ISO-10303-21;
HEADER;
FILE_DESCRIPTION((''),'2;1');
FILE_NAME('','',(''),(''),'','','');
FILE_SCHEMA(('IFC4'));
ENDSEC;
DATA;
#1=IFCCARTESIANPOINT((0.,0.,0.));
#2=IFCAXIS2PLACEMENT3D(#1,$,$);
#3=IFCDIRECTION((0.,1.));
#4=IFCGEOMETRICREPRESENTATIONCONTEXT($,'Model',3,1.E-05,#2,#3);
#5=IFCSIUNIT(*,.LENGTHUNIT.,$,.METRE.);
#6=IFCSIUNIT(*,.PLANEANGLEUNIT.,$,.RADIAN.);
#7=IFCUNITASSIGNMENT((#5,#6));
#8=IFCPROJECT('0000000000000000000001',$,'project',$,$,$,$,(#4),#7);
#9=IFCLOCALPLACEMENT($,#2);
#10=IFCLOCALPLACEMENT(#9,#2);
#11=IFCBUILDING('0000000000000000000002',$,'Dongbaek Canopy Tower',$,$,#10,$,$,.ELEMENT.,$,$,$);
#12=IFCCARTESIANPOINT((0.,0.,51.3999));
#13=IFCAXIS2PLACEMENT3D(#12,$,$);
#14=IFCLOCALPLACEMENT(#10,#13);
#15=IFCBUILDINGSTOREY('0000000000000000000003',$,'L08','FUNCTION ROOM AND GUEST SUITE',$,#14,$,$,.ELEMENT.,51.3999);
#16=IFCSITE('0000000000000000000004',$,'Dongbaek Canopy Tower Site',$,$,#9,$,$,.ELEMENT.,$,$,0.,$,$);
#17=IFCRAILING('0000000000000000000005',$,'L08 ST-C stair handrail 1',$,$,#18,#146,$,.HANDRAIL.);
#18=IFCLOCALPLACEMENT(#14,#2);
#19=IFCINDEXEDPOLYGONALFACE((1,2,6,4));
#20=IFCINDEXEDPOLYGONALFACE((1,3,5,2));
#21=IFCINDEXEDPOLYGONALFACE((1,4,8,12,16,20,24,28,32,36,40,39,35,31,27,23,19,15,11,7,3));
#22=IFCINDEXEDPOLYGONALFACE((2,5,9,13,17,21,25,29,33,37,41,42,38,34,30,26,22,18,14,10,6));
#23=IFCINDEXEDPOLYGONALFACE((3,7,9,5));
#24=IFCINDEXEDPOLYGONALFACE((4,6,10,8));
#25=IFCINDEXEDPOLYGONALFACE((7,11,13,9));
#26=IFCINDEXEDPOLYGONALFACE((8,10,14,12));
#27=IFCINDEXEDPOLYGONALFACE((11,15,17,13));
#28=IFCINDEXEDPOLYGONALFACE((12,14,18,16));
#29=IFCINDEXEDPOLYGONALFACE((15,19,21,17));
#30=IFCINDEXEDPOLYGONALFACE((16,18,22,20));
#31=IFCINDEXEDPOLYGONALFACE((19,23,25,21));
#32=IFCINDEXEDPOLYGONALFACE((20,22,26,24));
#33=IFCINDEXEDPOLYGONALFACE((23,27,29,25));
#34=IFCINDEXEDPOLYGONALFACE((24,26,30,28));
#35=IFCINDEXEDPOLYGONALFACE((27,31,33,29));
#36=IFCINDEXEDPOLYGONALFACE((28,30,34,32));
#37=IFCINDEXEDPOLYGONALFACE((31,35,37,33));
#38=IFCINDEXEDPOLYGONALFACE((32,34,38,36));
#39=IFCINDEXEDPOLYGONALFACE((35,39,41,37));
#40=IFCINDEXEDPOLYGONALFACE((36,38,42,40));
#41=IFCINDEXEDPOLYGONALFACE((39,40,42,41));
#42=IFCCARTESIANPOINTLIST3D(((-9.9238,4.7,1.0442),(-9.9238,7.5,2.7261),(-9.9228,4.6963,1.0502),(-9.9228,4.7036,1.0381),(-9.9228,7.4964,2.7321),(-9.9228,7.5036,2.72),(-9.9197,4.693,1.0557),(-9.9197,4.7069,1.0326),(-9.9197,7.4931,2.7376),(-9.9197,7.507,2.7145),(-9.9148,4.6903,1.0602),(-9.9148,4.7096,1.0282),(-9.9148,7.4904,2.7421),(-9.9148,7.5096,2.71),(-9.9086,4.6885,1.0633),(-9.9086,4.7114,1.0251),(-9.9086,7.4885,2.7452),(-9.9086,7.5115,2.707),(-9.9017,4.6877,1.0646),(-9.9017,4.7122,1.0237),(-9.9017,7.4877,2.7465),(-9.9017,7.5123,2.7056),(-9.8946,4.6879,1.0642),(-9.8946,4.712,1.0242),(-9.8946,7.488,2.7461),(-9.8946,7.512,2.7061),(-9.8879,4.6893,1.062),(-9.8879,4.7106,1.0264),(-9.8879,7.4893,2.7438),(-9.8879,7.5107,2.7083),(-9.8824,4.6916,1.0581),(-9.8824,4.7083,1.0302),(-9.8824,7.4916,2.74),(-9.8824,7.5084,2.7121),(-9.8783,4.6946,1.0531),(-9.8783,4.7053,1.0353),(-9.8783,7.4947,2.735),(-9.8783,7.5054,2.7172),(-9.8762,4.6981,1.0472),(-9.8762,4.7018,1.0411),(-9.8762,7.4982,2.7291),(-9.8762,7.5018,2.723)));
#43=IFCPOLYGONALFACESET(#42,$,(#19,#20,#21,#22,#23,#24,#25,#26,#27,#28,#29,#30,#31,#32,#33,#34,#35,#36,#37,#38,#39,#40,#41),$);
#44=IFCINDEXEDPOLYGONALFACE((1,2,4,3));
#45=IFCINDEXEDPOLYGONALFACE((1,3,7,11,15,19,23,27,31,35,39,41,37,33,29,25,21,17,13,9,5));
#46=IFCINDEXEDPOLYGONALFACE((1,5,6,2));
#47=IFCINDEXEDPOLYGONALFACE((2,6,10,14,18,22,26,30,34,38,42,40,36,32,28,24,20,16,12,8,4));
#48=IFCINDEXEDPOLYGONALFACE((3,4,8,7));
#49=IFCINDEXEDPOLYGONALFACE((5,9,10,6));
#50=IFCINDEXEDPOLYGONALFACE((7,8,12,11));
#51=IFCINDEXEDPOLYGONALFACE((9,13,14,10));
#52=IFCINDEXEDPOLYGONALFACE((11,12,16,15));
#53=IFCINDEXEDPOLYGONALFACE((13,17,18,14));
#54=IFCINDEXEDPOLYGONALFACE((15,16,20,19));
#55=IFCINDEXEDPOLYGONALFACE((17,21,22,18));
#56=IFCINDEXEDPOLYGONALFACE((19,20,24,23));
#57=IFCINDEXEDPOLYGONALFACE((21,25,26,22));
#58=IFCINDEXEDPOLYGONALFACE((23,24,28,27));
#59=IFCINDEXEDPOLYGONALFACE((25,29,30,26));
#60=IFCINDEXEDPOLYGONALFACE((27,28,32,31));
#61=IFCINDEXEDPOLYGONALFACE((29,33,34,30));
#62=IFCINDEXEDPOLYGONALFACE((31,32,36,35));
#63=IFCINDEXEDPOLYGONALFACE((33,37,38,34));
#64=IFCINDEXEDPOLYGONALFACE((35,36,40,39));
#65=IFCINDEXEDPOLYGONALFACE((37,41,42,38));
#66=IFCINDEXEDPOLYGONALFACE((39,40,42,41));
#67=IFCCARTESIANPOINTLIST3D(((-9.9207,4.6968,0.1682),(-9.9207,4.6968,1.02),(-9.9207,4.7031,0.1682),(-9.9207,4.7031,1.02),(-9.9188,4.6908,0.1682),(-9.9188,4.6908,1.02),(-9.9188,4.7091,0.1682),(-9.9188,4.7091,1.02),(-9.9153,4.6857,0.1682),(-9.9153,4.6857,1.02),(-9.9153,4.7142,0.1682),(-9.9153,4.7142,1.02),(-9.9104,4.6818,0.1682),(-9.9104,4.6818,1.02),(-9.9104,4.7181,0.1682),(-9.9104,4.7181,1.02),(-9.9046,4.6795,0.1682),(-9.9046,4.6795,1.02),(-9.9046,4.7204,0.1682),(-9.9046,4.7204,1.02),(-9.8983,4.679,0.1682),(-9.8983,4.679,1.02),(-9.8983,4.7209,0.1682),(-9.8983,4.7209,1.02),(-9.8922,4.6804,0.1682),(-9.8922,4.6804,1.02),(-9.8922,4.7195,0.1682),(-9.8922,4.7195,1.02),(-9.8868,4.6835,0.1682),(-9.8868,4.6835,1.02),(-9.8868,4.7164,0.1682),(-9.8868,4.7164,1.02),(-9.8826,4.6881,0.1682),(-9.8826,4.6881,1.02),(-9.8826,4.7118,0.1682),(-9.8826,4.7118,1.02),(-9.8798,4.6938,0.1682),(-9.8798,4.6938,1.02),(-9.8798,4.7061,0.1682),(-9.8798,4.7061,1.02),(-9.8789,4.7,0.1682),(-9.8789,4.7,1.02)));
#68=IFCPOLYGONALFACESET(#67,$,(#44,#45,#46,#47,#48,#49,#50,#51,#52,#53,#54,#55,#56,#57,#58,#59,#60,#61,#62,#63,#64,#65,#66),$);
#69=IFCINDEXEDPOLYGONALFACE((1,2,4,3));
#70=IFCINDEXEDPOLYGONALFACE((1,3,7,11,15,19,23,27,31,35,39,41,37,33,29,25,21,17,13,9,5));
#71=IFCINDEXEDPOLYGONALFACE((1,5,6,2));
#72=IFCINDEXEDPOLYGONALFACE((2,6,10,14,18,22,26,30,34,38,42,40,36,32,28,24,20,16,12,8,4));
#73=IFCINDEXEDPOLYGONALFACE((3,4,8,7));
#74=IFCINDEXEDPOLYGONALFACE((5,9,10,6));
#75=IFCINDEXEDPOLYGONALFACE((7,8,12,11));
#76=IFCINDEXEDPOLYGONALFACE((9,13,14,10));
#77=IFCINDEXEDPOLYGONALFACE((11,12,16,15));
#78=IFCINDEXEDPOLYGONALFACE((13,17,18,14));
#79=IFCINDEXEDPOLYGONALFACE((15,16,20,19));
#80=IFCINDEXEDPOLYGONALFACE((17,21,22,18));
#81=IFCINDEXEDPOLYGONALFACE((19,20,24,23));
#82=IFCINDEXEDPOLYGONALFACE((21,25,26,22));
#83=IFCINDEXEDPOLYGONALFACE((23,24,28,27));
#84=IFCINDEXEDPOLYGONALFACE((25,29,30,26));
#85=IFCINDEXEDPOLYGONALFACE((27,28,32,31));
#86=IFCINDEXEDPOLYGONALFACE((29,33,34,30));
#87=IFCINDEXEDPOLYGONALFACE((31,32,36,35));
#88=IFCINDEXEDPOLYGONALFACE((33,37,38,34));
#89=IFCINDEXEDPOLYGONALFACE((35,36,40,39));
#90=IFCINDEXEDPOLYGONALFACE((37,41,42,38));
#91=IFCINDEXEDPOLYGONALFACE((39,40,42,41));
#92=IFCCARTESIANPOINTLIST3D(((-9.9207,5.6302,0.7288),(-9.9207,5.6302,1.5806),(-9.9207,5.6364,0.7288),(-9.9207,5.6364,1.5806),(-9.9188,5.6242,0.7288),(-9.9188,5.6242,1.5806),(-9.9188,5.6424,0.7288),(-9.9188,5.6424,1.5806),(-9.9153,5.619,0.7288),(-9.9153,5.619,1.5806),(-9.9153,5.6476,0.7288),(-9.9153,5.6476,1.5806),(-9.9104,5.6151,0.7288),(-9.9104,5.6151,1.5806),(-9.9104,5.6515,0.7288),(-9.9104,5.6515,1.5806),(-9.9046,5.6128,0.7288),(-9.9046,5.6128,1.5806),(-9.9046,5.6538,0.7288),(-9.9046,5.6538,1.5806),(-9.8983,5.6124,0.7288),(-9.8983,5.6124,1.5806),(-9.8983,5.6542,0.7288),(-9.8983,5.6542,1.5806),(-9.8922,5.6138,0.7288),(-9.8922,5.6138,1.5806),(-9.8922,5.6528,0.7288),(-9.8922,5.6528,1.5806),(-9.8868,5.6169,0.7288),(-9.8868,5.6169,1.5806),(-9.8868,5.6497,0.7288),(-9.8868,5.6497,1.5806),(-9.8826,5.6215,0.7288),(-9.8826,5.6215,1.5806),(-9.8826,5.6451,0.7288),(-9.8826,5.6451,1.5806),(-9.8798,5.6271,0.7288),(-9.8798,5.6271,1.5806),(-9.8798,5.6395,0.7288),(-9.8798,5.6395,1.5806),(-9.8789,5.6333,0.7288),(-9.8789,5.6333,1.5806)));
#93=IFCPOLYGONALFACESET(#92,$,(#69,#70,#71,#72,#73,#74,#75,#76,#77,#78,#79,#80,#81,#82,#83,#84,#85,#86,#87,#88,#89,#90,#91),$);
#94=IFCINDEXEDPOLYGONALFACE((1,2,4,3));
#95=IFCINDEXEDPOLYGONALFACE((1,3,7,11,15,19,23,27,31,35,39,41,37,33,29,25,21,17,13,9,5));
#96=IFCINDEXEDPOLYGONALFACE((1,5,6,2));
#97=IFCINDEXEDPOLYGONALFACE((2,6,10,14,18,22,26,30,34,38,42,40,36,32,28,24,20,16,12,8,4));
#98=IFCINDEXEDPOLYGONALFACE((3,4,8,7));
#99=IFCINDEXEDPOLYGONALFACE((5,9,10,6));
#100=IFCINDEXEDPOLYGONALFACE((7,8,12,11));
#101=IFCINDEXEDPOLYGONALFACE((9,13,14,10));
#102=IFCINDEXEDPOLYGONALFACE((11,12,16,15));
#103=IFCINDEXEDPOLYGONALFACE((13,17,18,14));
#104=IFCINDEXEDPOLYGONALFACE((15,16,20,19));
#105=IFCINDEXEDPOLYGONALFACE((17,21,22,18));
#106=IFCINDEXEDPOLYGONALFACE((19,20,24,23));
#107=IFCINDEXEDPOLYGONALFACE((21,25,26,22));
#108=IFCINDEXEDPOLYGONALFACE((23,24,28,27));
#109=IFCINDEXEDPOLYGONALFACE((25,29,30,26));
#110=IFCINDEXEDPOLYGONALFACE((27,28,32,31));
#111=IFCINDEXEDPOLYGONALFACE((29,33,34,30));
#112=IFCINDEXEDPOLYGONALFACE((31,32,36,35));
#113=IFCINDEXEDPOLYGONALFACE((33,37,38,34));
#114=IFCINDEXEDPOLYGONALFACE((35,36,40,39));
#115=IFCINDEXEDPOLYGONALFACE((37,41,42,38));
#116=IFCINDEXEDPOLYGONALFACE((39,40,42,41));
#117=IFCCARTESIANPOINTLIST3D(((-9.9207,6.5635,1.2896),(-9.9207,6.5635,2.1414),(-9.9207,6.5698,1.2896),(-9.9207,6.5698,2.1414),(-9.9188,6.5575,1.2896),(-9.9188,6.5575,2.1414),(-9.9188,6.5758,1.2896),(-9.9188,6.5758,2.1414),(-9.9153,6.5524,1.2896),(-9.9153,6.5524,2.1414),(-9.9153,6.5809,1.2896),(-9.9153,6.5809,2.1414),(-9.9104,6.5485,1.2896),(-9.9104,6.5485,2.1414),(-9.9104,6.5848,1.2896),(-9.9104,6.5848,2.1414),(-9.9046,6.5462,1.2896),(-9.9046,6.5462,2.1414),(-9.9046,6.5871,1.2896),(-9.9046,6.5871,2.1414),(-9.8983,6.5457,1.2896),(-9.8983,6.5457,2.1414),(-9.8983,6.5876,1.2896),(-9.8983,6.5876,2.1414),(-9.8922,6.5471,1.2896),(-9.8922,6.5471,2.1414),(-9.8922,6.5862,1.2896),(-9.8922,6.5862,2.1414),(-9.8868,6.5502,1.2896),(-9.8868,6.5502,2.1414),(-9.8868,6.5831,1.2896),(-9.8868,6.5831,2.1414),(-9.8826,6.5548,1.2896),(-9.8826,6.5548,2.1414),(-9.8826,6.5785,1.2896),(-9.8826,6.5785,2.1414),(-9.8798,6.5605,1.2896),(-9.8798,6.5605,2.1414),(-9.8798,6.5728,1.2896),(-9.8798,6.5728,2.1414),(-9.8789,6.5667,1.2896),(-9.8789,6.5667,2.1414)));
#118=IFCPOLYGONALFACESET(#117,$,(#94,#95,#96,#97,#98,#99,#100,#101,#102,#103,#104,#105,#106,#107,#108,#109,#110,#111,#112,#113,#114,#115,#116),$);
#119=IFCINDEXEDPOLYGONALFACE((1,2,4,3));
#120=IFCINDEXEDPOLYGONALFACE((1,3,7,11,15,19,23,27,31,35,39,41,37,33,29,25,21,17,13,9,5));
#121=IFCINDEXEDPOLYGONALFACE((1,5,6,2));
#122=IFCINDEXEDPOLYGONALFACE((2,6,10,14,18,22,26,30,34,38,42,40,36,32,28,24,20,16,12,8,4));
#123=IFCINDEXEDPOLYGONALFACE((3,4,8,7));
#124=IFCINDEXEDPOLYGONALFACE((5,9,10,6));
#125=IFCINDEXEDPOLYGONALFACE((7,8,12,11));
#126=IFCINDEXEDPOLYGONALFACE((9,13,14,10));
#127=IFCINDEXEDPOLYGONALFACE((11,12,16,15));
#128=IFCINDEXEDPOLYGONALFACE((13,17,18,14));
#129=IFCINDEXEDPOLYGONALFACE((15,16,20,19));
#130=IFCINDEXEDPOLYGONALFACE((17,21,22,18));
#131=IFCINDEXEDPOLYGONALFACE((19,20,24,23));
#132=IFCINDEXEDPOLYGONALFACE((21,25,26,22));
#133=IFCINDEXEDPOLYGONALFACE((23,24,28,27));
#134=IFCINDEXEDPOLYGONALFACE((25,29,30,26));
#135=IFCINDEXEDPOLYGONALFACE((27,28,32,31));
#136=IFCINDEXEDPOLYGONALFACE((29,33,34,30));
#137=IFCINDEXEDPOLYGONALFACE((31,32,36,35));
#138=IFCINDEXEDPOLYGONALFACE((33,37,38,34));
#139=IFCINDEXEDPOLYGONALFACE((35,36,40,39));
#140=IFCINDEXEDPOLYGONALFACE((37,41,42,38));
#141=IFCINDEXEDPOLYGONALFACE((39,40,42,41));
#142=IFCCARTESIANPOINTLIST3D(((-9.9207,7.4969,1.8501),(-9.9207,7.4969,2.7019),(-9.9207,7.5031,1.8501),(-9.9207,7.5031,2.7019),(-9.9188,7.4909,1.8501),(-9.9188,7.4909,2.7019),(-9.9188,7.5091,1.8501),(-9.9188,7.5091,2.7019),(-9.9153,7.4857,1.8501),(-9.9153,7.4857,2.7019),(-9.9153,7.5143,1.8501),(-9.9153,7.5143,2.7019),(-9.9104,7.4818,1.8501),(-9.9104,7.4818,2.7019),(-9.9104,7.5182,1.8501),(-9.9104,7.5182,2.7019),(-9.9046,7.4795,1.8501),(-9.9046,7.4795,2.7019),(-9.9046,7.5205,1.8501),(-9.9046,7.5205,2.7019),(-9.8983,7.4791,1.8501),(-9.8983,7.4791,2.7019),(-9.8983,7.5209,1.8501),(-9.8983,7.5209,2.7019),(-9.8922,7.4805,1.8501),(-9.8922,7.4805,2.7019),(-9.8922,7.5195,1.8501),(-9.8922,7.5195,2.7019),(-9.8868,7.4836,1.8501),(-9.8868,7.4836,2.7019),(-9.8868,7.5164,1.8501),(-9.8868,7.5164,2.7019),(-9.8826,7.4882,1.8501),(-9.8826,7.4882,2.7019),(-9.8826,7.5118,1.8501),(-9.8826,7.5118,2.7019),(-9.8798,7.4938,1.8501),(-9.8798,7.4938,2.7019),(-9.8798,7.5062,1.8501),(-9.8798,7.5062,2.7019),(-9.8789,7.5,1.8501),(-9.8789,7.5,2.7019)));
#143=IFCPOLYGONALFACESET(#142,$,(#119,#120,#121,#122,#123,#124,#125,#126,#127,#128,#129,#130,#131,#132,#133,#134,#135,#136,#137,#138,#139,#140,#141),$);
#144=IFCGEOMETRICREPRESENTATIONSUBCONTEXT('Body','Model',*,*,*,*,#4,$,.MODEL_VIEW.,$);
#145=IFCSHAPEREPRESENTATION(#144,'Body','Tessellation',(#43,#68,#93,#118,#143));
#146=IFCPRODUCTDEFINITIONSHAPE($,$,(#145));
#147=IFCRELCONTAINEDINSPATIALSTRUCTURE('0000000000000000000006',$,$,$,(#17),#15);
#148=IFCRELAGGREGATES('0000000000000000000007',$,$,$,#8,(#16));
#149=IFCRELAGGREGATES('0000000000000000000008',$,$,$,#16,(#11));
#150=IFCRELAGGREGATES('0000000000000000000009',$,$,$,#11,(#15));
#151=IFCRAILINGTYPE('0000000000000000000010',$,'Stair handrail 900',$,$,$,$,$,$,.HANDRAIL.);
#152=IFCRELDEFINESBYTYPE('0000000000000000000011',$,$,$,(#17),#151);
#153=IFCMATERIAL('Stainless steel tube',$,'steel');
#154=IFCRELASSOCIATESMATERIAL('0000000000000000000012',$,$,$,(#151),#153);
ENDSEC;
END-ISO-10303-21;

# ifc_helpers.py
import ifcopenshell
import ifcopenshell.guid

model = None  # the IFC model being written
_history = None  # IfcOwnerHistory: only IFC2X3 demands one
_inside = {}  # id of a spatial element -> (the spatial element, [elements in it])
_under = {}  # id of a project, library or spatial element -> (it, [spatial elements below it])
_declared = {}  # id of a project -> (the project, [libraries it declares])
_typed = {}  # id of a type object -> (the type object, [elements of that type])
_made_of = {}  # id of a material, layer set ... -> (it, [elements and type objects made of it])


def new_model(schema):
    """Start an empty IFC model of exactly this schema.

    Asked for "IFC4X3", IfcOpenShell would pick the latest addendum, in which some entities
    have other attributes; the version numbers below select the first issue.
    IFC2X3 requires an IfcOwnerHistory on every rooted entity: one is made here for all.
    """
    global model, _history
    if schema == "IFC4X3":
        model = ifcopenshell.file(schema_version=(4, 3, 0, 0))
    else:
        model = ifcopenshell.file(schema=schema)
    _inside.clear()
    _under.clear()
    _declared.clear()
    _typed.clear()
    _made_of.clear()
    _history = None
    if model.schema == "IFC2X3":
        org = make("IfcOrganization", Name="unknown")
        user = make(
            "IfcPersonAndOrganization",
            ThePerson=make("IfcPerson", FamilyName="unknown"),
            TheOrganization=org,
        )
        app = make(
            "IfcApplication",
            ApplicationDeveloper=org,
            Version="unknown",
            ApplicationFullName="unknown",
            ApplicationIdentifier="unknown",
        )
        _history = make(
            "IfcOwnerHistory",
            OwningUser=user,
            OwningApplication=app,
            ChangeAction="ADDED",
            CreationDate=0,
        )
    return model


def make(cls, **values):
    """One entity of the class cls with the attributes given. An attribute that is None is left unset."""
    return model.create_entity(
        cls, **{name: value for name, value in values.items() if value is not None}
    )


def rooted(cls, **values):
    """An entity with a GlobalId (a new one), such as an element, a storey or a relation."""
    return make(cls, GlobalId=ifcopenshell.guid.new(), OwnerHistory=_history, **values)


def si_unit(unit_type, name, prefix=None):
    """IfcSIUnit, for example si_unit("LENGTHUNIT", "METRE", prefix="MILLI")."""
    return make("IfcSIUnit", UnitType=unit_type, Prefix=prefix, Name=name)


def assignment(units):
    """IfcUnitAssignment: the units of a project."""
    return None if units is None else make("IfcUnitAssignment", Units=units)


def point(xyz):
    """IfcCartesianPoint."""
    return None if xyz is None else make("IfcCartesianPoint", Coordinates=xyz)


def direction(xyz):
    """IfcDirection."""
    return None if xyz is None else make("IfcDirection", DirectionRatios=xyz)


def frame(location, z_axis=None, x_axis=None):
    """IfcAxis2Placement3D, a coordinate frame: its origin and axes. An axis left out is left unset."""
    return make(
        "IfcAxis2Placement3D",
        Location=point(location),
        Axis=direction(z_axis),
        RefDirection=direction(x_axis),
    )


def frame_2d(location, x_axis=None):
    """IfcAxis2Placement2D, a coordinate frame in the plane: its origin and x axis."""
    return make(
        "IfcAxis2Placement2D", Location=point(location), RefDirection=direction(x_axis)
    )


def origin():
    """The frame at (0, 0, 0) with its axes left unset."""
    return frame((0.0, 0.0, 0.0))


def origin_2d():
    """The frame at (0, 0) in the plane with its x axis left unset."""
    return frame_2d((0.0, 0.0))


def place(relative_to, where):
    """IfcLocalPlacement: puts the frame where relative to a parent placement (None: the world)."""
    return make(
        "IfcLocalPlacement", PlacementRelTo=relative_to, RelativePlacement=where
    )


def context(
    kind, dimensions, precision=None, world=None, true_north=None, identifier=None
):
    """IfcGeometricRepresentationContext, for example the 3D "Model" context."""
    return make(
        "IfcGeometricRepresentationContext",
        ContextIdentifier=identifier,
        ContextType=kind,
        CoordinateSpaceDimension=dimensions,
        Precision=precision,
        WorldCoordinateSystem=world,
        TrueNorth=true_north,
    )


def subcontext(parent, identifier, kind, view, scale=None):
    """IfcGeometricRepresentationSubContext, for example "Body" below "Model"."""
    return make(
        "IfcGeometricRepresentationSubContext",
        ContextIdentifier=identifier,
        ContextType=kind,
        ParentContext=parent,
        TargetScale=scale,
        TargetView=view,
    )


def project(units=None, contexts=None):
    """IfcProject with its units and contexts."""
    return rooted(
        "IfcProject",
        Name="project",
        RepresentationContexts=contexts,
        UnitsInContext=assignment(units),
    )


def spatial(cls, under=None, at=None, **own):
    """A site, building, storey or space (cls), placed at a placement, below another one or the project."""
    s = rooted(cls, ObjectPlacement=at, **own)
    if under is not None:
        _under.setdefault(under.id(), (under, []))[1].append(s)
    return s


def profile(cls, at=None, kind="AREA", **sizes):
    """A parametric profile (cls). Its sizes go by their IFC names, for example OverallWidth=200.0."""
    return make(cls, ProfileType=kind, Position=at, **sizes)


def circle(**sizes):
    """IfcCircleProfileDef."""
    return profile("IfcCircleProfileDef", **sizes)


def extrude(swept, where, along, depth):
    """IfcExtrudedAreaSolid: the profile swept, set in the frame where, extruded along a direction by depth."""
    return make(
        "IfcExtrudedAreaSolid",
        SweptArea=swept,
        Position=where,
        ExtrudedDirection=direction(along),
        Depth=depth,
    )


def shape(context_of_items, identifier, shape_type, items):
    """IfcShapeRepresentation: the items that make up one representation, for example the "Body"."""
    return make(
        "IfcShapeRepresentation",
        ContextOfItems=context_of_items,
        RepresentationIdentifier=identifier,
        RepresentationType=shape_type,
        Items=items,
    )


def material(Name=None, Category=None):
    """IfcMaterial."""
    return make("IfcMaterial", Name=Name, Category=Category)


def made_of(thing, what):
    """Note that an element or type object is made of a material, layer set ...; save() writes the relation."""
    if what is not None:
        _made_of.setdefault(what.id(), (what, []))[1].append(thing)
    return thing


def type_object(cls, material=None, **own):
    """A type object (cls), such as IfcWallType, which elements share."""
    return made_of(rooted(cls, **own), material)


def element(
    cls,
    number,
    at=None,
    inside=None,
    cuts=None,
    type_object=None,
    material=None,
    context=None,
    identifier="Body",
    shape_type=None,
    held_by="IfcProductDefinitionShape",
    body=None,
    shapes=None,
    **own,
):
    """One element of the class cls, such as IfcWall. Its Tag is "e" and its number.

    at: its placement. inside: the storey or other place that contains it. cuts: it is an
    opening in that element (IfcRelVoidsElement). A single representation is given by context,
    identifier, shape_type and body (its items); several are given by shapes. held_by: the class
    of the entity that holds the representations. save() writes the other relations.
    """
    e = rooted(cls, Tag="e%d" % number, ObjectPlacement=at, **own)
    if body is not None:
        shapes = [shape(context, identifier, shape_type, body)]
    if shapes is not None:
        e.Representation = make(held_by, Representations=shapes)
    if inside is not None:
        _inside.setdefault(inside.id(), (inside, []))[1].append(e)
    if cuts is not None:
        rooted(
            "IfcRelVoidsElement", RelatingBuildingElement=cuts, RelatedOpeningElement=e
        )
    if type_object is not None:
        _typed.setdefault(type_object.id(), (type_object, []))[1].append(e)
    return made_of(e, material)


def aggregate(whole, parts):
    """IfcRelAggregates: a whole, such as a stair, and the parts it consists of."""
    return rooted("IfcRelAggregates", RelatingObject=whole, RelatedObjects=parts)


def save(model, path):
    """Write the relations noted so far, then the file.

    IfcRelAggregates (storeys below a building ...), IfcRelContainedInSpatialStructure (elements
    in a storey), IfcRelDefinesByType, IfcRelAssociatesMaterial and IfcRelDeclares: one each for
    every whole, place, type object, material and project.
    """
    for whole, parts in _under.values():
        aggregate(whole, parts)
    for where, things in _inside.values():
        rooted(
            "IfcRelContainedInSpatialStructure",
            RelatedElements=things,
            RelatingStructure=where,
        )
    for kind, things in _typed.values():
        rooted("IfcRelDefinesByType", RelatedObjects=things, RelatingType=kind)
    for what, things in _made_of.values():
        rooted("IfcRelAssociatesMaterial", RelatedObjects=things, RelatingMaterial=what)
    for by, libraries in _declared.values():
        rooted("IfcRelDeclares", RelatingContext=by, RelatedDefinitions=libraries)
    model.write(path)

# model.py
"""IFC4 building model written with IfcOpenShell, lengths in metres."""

from ifc_helpers import new_model, si_unit, direction, frame, origin, origin_2d, place, context, subcontext, project, spatial, circle, extrude, material, type_object, element, save


model = new_model("IFC4")

# Units and contexts
model_context = context("Model", 3, precision=1e-05, world=origin(), true_north=direction((0.0, 1.0)))
body_context = subcontext(model_context, "Body", "Model", "MODEL_VIEW")
ifc_project = project(units=[si_unit("LENGTHUNIT", "METRE"), si_unit("PLANEANGLEUNIT", "RADIAN")], contexts=[model_context])

# Site, building, storey
site_placement = place(None, origin())
site = spatial("IfcSite", under=ifc_project, at=site_placement, Name="Dongbaek Canopy Tower Site", CompositionType="ELEMENT", RefElevation=0.0)
building_placement = place(site_placement, origin())
building = spatial("IfcBuilding", under=site, at=building_placement, Name="Dongbaek Canopy Tower", CompositionType="ELEMENT")
storey_placement = place(building_placement, frame((0.0, 0.0, 51.3999)))
storey = spatial("IfcBuildingStorey", under=building, at=storey_placement, Name="L08", Description="FUNCTION ROOM AND GUEST SUITE", CompositionType="ELEMENT", Elevation=51.3999)

# Railing
ifc_material_1 = material(Name="Stainless steel tube", Category="steel")
railing_type_1 = type_object("IfcRailingType", Name="Stair handrail 900", PredefinedType="HANDRAIL", material=ifc_material_1)
railing_1_placement = place(storey_placement, frame((-9.8999, 4.7, 0.1682)))
element("IfcRailing", 1, at=railing_1_placement, inside=storey, type_object=railing_type_1, Name="L08 ST-C stair handrail 1", PredefinedType="HANDRAIL", context=body_context, shape_type="SweptSolid", body=[
    extrude(circle(Radius=0.0239, at=origin_2d()), frame((0.0, 0.0, 0.876), z_axis=(0.0, 0.857242, 0.514913), x_axis=(-1.0, 0.0, 0.0)), (0.0, 0.0, 1.0), 3.2664),
    extrude(circle(Radius=0.021, at=origin_2d()), origin(), (0.0, 0.0, 1.0), 0.8518),
    extrude(circle(Radius=0.021, at=origin_2d()), frame((0.0, 0.9333, 0.5605)), (0.0, 0.0, 1.0), 0.8518),
    extrude(circle(Radius=0.021, at=origin_2d()), frame((0.0, 1.8667, 1.1213)), (0.0, 0.0, 1.0), 0.8518),
    extrude(circle(Radius=0.021, at=origin_2d()), frame((0.0, 2.8, 1.6819)), (0.0, 0.0, 1.0), 0.8518),
])

save(model, "model.ifc")
